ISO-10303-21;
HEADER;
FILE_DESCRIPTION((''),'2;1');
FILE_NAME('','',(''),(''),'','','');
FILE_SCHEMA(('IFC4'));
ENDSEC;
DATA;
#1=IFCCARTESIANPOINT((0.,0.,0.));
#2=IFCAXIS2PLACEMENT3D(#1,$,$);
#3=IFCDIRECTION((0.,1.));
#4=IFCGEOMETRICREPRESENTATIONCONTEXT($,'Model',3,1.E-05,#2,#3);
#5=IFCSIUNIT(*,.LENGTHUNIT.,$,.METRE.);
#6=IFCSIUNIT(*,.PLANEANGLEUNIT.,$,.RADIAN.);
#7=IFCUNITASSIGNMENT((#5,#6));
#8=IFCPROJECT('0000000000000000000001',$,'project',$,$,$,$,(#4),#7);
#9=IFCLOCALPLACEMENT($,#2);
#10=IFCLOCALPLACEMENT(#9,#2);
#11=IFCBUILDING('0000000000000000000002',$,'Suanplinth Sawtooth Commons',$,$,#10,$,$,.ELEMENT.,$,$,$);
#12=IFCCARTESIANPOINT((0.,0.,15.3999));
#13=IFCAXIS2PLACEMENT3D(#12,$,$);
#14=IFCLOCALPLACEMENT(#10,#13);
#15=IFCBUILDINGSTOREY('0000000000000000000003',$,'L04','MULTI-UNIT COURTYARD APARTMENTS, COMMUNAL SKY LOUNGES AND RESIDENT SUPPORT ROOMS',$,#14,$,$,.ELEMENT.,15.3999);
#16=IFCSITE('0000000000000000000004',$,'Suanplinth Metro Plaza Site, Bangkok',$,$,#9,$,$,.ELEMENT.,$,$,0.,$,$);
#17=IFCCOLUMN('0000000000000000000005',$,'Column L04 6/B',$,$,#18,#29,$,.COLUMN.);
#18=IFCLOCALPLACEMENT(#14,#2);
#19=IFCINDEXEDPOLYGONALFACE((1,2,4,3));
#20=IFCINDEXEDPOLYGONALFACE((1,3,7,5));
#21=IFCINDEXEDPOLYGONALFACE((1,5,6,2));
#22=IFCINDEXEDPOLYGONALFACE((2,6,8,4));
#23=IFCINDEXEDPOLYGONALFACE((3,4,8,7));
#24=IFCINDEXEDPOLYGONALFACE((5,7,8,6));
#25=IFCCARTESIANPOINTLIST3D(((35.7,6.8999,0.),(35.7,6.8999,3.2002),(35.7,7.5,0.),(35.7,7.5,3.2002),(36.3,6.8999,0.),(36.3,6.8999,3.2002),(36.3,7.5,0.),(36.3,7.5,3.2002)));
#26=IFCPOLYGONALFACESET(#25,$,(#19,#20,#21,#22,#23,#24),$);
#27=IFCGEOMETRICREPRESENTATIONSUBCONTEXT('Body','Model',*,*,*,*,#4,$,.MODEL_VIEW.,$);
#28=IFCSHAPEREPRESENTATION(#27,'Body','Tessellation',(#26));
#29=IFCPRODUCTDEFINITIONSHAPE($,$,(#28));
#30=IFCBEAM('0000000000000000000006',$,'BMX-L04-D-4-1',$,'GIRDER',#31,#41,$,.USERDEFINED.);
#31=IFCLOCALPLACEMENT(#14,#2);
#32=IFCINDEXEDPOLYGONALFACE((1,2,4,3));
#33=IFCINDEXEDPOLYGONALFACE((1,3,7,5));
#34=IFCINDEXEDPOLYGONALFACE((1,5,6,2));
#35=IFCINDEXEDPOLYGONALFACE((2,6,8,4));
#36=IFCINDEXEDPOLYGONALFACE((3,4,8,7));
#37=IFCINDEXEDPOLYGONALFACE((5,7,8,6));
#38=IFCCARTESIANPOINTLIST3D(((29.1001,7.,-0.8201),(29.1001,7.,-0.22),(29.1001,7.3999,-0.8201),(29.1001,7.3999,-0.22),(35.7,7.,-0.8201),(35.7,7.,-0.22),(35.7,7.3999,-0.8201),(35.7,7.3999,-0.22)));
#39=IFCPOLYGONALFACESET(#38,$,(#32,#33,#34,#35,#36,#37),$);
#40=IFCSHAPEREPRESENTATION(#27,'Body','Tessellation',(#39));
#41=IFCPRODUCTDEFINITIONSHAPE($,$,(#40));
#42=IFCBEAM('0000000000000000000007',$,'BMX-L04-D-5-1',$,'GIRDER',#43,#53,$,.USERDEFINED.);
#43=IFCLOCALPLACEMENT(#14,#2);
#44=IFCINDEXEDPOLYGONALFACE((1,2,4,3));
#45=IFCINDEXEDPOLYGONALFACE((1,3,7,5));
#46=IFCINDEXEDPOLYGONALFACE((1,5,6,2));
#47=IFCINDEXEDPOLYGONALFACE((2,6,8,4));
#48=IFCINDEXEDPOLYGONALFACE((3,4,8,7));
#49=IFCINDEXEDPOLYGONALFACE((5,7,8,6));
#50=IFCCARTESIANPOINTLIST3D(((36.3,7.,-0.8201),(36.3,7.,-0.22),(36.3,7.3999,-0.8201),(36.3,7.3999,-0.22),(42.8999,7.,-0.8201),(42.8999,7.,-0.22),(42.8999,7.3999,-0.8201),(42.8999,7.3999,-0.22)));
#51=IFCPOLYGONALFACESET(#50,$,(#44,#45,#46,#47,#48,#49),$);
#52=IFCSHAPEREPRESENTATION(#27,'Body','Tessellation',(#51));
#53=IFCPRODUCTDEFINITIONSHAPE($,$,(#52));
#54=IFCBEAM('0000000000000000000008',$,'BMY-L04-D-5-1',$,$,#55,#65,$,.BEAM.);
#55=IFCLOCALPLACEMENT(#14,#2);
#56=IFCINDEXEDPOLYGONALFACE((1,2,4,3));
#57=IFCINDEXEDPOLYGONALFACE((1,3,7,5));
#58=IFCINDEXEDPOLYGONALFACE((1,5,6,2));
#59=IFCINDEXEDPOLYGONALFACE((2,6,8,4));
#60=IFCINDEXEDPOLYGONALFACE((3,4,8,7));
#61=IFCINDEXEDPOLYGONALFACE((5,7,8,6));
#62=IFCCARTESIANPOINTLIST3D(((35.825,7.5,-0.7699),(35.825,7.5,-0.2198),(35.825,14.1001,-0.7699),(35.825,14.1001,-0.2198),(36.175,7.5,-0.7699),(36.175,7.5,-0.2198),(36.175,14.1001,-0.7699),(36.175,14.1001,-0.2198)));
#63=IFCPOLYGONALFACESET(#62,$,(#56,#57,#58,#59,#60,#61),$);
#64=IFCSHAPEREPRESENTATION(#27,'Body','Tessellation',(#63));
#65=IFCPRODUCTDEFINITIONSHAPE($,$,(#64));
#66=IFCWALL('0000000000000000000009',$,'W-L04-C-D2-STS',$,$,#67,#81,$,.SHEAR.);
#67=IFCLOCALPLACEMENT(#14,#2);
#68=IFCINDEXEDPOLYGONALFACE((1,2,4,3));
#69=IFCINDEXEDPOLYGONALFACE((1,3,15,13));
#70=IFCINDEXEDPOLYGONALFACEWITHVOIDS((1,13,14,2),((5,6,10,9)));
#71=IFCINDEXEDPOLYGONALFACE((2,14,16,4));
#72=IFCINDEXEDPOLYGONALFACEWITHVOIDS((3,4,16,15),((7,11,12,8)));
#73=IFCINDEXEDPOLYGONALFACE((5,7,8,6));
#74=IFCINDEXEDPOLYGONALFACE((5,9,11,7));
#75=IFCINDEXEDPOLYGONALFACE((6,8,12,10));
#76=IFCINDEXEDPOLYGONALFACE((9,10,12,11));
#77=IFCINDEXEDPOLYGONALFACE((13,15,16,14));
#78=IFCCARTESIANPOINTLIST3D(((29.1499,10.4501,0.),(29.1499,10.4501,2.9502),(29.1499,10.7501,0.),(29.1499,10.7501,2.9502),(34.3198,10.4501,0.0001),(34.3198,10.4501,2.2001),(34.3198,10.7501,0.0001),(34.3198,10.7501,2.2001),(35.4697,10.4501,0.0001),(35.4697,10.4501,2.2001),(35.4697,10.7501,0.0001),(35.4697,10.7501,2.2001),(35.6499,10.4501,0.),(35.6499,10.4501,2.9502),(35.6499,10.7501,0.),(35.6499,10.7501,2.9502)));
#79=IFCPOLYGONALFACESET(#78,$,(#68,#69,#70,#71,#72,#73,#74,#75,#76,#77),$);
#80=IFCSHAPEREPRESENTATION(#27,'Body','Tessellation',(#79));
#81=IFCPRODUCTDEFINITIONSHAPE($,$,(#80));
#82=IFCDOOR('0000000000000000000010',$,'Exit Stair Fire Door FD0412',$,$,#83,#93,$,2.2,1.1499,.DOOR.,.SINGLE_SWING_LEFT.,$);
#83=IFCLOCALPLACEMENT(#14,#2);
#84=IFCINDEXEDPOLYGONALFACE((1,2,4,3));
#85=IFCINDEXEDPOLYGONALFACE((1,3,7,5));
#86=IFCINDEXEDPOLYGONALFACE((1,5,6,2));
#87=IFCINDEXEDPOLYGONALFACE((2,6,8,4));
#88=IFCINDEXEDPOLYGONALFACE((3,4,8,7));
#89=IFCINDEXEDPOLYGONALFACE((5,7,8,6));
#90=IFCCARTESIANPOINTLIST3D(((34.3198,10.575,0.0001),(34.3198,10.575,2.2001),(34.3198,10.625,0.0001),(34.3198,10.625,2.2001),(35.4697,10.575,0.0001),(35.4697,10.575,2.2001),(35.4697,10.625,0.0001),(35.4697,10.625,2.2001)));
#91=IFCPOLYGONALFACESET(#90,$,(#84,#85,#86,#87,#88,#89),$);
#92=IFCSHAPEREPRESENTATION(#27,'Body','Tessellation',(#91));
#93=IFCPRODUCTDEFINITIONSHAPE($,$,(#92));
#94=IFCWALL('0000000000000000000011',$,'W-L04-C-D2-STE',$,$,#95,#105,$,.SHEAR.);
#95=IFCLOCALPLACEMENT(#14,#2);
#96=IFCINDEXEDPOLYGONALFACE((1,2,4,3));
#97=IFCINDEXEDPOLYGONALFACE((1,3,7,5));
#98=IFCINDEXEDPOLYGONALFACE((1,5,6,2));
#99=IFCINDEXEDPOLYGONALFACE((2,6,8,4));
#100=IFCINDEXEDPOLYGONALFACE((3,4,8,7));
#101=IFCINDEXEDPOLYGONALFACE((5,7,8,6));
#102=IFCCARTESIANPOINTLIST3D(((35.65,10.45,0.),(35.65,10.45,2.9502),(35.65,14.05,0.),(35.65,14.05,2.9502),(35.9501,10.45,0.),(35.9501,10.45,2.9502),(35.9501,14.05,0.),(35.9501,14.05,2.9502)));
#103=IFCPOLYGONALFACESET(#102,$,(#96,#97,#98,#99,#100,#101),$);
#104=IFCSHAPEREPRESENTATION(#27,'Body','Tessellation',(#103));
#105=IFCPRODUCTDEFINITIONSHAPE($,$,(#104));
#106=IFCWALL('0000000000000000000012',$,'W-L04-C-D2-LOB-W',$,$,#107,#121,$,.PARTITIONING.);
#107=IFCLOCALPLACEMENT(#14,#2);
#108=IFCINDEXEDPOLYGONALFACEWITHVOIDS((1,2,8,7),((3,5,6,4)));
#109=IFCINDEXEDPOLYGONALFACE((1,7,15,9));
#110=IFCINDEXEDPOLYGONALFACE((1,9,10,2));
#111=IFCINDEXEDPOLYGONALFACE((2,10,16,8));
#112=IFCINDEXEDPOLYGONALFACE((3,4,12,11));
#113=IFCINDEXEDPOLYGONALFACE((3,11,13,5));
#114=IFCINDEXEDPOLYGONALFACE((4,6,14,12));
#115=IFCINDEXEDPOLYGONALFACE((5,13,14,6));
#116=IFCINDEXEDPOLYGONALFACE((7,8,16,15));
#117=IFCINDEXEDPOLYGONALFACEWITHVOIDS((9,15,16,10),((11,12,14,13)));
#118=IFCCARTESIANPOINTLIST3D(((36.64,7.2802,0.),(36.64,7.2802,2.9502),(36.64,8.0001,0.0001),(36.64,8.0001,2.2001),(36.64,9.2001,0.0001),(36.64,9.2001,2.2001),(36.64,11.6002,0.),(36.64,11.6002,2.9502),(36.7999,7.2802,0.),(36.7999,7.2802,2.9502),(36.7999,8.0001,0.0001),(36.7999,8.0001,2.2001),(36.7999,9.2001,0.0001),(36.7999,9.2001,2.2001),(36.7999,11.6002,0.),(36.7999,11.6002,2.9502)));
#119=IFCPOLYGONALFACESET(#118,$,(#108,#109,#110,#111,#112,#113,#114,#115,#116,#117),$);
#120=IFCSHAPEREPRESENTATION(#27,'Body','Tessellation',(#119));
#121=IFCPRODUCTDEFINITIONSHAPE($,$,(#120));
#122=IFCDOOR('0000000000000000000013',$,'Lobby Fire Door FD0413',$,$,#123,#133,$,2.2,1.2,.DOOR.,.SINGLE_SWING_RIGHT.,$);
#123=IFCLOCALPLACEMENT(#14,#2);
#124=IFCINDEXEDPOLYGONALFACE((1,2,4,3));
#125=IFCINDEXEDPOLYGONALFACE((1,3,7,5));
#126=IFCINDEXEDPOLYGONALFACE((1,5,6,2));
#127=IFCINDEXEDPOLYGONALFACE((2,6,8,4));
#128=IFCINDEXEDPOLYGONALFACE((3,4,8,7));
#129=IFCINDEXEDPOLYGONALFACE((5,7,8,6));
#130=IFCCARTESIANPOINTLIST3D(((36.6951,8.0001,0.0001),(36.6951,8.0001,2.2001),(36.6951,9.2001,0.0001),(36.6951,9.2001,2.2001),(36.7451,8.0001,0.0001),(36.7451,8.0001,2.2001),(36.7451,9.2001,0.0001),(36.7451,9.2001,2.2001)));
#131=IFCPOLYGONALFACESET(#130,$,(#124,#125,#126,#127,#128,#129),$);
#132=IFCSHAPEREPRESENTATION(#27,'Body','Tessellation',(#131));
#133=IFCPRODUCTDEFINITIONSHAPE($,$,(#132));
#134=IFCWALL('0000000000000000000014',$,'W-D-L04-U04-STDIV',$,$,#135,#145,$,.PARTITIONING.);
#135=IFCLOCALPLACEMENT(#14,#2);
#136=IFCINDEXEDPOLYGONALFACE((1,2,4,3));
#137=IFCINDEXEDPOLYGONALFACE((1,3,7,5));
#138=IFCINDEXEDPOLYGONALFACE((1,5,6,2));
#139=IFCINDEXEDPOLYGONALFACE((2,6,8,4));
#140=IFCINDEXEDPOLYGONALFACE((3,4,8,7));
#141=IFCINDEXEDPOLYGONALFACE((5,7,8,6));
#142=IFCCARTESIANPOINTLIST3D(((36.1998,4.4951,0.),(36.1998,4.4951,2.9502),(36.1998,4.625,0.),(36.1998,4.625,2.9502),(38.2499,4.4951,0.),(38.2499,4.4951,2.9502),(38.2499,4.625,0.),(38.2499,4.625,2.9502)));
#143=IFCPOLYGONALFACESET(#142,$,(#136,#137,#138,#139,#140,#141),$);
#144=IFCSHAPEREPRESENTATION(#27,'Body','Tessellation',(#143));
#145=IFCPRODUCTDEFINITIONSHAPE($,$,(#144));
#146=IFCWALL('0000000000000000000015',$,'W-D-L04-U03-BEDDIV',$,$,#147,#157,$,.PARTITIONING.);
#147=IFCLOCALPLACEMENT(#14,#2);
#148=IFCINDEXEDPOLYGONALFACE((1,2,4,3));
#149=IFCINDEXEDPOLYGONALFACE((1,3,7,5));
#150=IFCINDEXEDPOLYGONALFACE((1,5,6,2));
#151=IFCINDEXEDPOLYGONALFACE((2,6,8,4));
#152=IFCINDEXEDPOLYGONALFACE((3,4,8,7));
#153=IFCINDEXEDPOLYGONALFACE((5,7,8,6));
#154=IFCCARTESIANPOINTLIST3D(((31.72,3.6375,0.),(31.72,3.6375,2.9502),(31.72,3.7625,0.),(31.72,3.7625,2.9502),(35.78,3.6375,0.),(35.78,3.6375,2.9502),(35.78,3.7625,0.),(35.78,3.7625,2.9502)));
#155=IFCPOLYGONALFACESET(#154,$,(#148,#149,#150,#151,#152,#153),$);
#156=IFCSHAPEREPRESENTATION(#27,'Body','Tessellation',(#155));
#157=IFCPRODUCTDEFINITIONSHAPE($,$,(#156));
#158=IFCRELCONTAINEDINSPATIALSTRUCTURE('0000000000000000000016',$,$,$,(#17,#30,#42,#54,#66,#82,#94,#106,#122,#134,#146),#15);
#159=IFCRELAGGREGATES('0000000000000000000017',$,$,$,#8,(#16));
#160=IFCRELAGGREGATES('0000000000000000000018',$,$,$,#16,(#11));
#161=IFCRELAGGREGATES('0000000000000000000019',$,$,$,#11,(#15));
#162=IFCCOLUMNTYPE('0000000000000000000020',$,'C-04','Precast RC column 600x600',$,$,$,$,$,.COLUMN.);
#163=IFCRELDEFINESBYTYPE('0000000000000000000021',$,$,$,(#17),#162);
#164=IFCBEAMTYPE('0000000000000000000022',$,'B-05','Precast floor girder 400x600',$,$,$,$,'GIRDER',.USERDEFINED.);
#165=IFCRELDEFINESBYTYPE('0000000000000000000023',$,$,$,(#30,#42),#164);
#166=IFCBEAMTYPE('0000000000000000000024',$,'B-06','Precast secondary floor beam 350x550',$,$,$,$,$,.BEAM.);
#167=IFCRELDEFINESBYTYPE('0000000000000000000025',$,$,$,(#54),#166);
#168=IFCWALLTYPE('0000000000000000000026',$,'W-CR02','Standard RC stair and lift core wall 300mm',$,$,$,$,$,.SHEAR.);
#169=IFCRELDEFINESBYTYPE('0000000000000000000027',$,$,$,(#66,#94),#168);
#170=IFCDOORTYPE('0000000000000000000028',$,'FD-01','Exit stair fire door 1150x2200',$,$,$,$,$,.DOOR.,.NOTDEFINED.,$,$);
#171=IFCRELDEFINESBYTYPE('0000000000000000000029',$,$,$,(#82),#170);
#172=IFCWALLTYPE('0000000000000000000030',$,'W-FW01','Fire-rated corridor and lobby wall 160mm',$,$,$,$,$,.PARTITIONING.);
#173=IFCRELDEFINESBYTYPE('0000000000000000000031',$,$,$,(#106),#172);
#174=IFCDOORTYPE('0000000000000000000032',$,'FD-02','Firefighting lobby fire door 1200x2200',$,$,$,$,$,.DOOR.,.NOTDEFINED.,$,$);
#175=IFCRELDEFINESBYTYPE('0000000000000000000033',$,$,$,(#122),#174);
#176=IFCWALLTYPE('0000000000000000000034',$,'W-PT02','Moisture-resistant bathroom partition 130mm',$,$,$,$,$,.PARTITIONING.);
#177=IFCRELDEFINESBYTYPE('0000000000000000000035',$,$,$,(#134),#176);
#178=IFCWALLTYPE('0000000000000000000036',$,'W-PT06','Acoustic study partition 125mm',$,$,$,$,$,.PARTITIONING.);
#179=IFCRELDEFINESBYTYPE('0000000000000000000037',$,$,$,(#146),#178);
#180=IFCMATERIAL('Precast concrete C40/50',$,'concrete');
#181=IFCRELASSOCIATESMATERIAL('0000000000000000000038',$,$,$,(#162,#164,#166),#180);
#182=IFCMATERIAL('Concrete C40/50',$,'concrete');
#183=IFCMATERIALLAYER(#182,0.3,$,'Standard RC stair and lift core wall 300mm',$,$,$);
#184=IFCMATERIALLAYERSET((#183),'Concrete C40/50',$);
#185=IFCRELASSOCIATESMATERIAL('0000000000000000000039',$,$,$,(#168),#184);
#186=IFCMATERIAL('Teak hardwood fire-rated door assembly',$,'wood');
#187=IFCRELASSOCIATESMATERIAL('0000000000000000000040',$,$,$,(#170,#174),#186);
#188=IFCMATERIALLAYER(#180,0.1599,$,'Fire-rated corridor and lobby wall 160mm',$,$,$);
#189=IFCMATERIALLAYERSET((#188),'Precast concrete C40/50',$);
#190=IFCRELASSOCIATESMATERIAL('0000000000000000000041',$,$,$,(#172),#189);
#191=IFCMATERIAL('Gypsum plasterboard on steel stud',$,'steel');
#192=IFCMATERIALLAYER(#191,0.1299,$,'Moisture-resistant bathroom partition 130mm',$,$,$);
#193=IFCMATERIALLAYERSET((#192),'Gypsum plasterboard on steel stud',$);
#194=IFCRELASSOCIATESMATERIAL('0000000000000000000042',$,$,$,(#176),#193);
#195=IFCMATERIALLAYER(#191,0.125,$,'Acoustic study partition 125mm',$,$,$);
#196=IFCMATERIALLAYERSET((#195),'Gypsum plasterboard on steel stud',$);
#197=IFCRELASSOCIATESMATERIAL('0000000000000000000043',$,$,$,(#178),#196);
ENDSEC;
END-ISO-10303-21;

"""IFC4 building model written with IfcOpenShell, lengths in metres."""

from ifc_helpers import new_model, si_unit, direction, frame, frame_2d, origin, origin_2d, place, context, subcontext, project, spatial, rectangle, extrude, material, layer, layer_set, material_profile, profile_set, type_object, element, fill, save


model = new_model("IFC4")

# Units and contexts
model_context = context("Model", 3, precision=1e-05, world=origin(), true_north=direction((0.0, 1.0)))
body_context = subcontext(model_context, "Body", "Model", "MODEL_VIEW")
ifc_project = project(units=[si_unit("LENGTHUNIT", "METRE"), si_unit("PLANEANGLEUNIT", "RADIAN")], contexts=[model_context])

# Site, building, storey
site_placement = place(None, origin())
site = spatial("IfcSite", under=ifc_project, at=site_placement, Name="Suanplinth Metro Plaza Site, Bangkok", CompositionType="ELEMENT", RefElevation=0.0)
building_placement = place(site_placement, origin())
building = spatial("IfcBuilding", under=site, at=building_placement, Name="Suanplinth Sawtooth Commons", CompositionType="ELEMENT")
storey_placement = place(building_placement, frame((0.0, 0.0, 15.3999)))
storey = spatial("IfcBuildingStorey", under=building, at=storey_placement, Name="L04", Description="MULTI-UNIT COURTYARD APARTMENTS, COMMUNAL SKY LOUNGES AND RESIDENT SUPPORT ROOMS", CompositionType="ELEMENT", Elevation=15.3999)

# Column
ifc_material_1 = material(Name="Precast concrete C40/50", Category="concrete")
ifc_material_profile_1 = material_profile(ifc_material_1, rectangle(XDim=0.6001, YDim=0.6001, at=origin_2d()), Name="PC-COL 600x600")
ifc_profile_set_1 = profile_set([ifc_material_profile_1], Name="Precast concrete C40/50")
column_type = type_object("IfcColumnType", Name="C-04", Description="Precast RC column 600x600", PredefinedType="COLUMN", material=ifc_profile_set_1)
column_placement = place(storey_placement, frame((36.0, 7.2, 0.0), z_axis=(0.0, 0.0, 1.0), x_axis=(1.0, 0.0, 0.0)))
element("IfcColumn", 1, at=column_placement, inside=storey, type_object=column_type, Name="Column L04 6/B", PredefinedType="COLUMN", context=body_context, shape_type="SweptSolid", body=[
    extrude(rectangle(XDim=0.6001, YDim=0.6001, at=origin_2d()), origin(), (0.0, 0.0, 1.0), 3.2002),
])

# Beams
ifc_material_profile_2 = material_profile(ifc_material_1, rectangle(XDim=0.3999, YDim=0.6001, at=origin_2d()), Name="PC-GDR 400x600")
ifc_profile_set_2 = profile_set([ifc_material_profile_2], Name="Precast concrete C40/50")
beam_type_1 = type_object("IfcBeamType", Name="B-05", Description="Precast floor girder 400x600", ElementType="GIRDER", PredefinedType="USERDEFINED", material=ifc_profile_set_2)
for number, where, z_axis, x_axis, name in (
    (2, (29.1001, 7.2, -0.52), (1.0, 0.0, 0.0), (0.0, 1.0, 0.0), "BMX-L04-D-4-1"),
    (3, (36.3, 7.2, -0.52), (1.0, 0.0, 0.0), (0.0, 1.0, 0.0), "BMX-L04-D-5-1"),
):
    element("IfcBeam", number, at=place(storey_placement, frame(where, z_axis=z_axis, x_axis=x_axis)), inside=storey, type_object=beam_type_1, Name=name, ObjectType="GIRDER", PredefinedType="USERDEFINED", context=body_context, shape_type="SweptSolid", body=[
        extrude(rectangle(XDim=0.3999, YDim=0.6001, at=origin_2d()), origin(), (0.0, 0.0, 1.0), 6.5999),
    ])
ifc_material_profile_3 = material_profile(ifc_material_1, rectangle(XDim=0.3501, YDim=0.55, at=origin_2d()), Name="PC-BM 350x550")
ifc_profile_set_3 = profile_set([ifc_material_profile_3], Name="Precast concrete C40/50")
beam_type_2 = type_object("IfcBeamType", Name="B-06", Description="Precast secondary floor beam 350x550", PredefinedType="BEAM", material=ifc_profile_set_3)
beam_placement = place(storey_placement, frame((36.0, 7.5, -0.4949), z_axis=(0.0, 1.0, 0.0), x_axis=(-1.0, 0.0, 0.0)))
element("IfcBeam", 4, at=beam_placement, inside=storey, type_object=beam_type_2, Name="BMY-L04-D-5-1", PredefinedType="BEAM", context=body_context, shape_type="SweptSolid", body=[
    extrude(rectangle(XDim=0.3501, YDim=0.55, at=origin_2d()), origin(), (0.0, 0.0, 1.0), 6.6001),
])

# Wall, opening, door
ifc_material_2 = material(Name="Concrete C40/50", Category="concrete")
ifc_layer_1 = layer(ifc_material_2, 0.3, Name="Standard RC stair and lift core wall 300mm")
ifc_layer_set_1 = layer_set([ifc_layer_1], Name="Concrete C40/50")
wall_type_1 = type_object("IfcWallType", Name="W-CR02", Description="Standard RC stair and lift core wall 300mm", PredefinedType="SHEAR", material=ifc_layer_set_1)
wall_1_placement = place(storey_placement, frame((29.1499, 10.6001, 0.0), z_axis=(0.0, 0.0, 1.0), x_axis=(1.0, 0.0, 0.0)))
wall_1 = element("IfcWall", 5, at=wall_1_placement, inside=storey, type_object=wall_type_1, Name="W-L04-C-D2-STS", PredefinedType="SHEAR", context=body_context, shape_type="SweptSolid", body=[
    extrude(rectangle(XDim=6.5, YDim=0.3, at=frame_2d((3.25, 0.0))), origin(), (0.0, 0.0, 1.0), 2.9502),
])
opening_1_placement = place(wall_1_placement, frame((5.1699, 0.0, 0.0)))
opening_1 = element("IfcOpeningElement", 6, at=opening_1_placement, cuts=wall_1, PredefinedType="OPENING", context=body_context, shape_type="SweptSolid", body=[
    extrude(rectangle(XDim=1.1499, YDim=2.2, at=frame_2d((0.575, 1.1001))), frame((0.0, 0.165, 0.0), z_axis=(0.0, -1.0, 0.0), x_axis=(1.0, 0.0, 0.0)), (0.0, 0.0, 1.0), 0.3298),
])
ifc_material_3 = material(Name="Teak hardwood fire-rated door assembly", Category="wood")
door_type_1 = type_object("IfcDoorType", Name="FD-01", Description="Exit stair fire door 1150x2200", OperationType="NOTDEFINED", PredefinedType="DOOR", material=ifc_material_3)
door_1_placement = place(opening_1_placement, origin())
door_1 = element("IfcDoor", 7, at=door_1_placement, inside=storey, type_object=door_type_1, Name="Exit Stair Fire Door FD0412", OperationType="SINGLE_SWING_LEFT", OverallHeight=2.2, OverallWidth=1.1499, PredefinedType="DOOR", context=body_context, shape_type="SweptSolid", body=[
    extrude(rectangle(XDim=1.1499, YDim=2.2, at=frame_2d((0.575, 1.1001))), frame((0.0, 0.0249, 0.0), z_axis=(0.0, -1.0, 0.0), x_axis=(1.0, 0.0, 0.0)), (0.0, 0.0, 1.0), 0.05),
])
fill(opening_1, door_1)

# Wall
wall_2_placement = place(storey_placement, frame((35.8, 10.45, 0.0), z_axis=(0.0, 0.0, 1.0), x_axis=(0.0, 1.0, 0.0)))
element("IfcWall", 8, at=wall_2_placement, inside=storey, type_object=wall_type_1, Name="W-L04-C-D2-STE", PredefinedType="SHEAR", context=body_context, shape_type="SweptSolid", body=[
    extrude(rectangle(XDim=3.6001, YDim=0.3, at=frame_2d((1.8, 0.0))), origin(), (0.0, 0.0, 1.0), 2.9502),
])

# Wall, opening, door
ifc_layer_2 = layer(ifc_material_1, 0.1599, Name="Fire-rated corridor and lobby wall 160mm")
ifc_layer_set_2 = layer_set([ifc_layer_2], Name="Precast concrete C40/50")
wall_type_2 = type_object("IfcWallType", Name="W-FW01", Description="Fire-rated corridor and lobby wall 160mm", PredefinedType="PARTITIONING", material=ifc_layer_set_2)
wall_3_placement = place(storey_placement, frame((36.72, 7.28, 0.0), z_axis=(0.0, 0.0, 1.0), x_axis=(0.0, 1.0, 0.0)))
wall_3 = element("IfcWall", 9, at=wall_3_placement, inside=storey, type_object=wall_type_2, Name="W-L04-C-D2-LOB-W", PredefinedType="PARTITIONING", context=body_context, shape_type="SweptSolid", body=[
    extrude(rectangle(XDim=4.3201, YDim=0.1599, at=frame_2d((2.1602, 0.0))), origin(), (0.0, 0.0, 1.0), 2.9502),
])
opening_2_placement = place(wall_3_placement, frame((0.72, 0.0, 0.0)))
opening_2 = element("IfcOpeningElement", 10, at=opening_2_placement, cuts=wall_3, PredefinedType="OPENING", context=body_context, shape_type="SweptSolid", body=[
    extrude(rectangle(XDim=1.2, YDim=2.2, at=frame_2d((0.6001, 1.1001))), frame((0.0, 0.0947, 0.0), z_axis=(0.0, -1.0, 0.0), x_axis=(1.0, 0.0, 0.0)), (0.0, 0.0, 1.0), 0.1897),
])
door_type_2 = type_object("IfcDoorType", Name="FD-02", Description="Firefighting lobby fire door 1200x2200", OperationType="NOTDEFINED", PredefinedType="DOOR", material=ifc_material_3)
door_2_placement = place(opening_2_placement, origin())
door_2 = element("IfcDoor", 11, at=door_2_placement, inside=storey, type_object=door_type_2, Name="Lobby Fire Door FD0413", OperationType="SINGLE_SWING_RIGHT", OverallHeight=2.2, OverallWidth=1.2, PredefinedType="DOOR", context=body_context, shape_type="SweptSolid", body=[
    extrude(rectangle(XDim=1.2, YDim=2.2, at=frame_2d((0.6001, 1.1001))), frame((0.0, 0.0249, 0.0), z_axis=(0.0, -1.0, 0.0), x_axis=(1.0, 0.0, 0.0)), (0.0, 0.0, 1.0), 0.05),
])
fill(opening_2, door_2)

# Wall
ifc_material_4 = material(Name="Gypsum plasterboard on steel stud", Category="steel")
ifc_layer_3 = layer(ifc_material_4, 0.1299, Name="Moisture-resistant bathroom partition 130mm")
ifc_layer_set_3 = layer_set([ifc_layer_3], Name="Gypsum plasterboard on steel stud")
wall_type_3 = type_object("IfcWallType", Name="W-PT02", Description="Moisture-resistant bathroom partition 130mm", PredefinedType="PARTITIONING", material=ifc_layer_set_3)
wall_4_placement = place(storey_placement, frame((36.2, 4.5601, 0.0), z_axis=(0.0, 0.0, 1.0), x_axis=(1.0, 0.0, 0.0)))
element("IfcWall", 12, at=wall_4_placement, inside=storey, type_object=wall_type_3, Name="W-D-L04-U04-STDIV", PredefinedType="PARTITIONING", context=body_context, shape_type="SweptSolid", body=[
    extrude(rectangle(XDim=2.05, YDim=0.1299, at=frame_2d((1.0249, 0.0))), origin(), (0.0, 0.0, 1.0), 2.9502),
])

# Wall
ifc_layer_4 = layer(ifc_material_4, 0.125, Name="Acoustic study partition 125mm")
ifc_layer_set_4 = layer_set([ifc_layer_4], Name="Gypsum plasterboard on steel stud")
wall_type_4 = type_object("IfcWallType", Name="W-PT06", Description="Acoustic study partition 125mm", PredefinedType="PARTITIONING", material=ifc_layer_set_4)
wall_5_placement = place(storey_placement, frame((31.72, 3.7, 0.0), z_axis=(0.0, 0.0, 1.0), x_axis=(1.0, 0.0, 0.0)))
element("IfcWall", 13, at=wall_5_placement, inside=storey, type_object=wall_type_4, Name="W-D-L04-U03-BEDDIV", PredefinedType="PARTITIONING", context=body_context, shape_type="SweptSolid", body=[
    extrude(rectangle(XDim=4.0601, YDim=0.125, at=frame_2d((2.03, 0.0))), origin(), (0.0, 0.0, 1.0), 2.9502),
])

save(model, "model.ifc")
